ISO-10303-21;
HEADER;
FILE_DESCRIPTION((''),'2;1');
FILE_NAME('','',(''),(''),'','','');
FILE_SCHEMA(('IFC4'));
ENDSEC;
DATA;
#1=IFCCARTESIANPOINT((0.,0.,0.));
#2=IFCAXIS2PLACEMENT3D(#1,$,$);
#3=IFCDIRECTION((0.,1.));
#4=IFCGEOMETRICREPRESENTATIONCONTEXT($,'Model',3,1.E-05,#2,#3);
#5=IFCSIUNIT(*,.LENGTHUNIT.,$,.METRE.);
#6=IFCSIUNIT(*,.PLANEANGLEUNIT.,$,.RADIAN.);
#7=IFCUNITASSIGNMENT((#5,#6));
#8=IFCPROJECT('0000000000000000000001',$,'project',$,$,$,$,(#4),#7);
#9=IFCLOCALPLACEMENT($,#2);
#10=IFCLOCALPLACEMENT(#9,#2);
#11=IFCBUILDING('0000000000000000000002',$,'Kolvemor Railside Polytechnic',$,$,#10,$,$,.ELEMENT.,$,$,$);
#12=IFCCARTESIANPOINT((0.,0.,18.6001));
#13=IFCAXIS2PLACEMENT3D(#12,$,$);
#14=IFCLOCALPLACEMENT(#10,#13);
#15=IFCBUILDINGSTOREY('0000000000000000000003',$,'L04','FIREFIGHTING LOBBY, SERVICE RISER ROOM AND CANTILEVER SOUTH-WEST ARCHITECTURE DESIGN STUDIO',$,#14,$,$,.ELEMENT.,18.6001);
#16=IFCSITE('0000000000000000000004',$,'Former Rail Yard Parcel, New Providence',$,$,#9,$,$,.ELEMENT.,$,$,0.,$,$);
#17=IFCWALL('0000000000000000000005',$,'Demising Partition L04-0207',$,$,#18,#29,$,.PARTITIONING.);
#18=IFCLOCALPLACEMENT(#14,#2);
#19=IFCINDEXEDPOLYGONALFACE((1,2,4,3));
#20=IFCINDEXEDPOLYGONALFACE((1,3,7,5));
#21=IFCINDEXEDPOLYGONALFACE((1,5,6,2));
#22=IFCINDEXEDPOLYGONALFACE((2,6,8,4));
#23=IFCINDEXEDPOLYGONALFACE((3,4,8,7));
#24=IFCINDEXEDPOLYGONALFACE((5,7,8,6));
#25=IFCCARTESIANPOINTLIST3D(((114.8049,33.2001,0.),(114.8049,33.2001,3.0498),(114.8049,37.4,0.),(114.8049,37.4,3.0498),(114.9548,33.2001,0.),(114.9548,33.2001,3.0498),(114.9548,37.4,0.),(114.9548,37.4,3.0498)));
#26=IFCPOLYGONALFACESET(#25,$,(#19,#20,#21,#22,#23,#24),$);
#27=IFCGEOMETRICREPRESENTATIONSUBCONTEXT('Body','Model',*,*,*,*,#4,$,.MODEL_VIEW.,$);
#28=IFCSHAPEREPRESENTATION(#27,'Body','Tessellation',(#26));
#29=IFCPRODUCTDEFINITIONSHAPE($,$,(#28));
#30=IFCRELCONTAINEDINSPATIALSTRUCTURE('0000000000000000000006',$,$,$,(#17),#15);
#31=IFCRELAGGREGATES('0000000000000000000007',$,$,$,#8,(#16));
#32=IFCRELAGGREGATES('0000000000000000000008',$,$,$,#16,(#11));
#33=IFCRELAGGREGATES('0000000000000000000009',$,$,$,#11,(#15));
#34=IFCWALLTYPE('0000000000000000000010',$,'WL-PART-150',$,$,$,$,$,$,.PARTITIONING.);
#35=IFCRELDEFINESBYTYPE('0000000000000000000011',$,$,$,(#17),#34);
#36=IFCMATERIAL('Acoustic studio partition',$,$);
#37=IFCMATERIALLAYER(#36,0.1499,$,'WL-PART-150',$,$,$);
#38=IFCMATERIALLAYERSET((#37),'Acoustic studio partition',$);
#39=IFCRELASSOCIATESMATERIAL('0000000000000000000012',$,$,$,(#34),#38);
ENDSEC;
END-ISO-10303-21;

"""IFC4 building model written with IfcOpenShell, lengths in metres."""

from ifc_helpers import new_model, si_unit, direction, frame, frame_2d, origin, place, context, subcontext, project, spatial, rectangle, extrude, material, layer, layer_set, type_object, element, save


model = new_model("IFC4")

# Units and contexts
model_context = context("Model", 3, precision=1e-05, world=origin(), true_north=direction((0.0, 1.0)))
body_context = subcontext(model_context, "Body", "Model", "MODEL_VIEW")
ifc_project = project(units=[si_unit("LENGTHUNIT", "METRE"), si_unit("PLANEANGLEUNIT", "RADIAN")], contexts=[model_context])

# Site, building, storey
site_placement = place(None, origin())
site = spatial("IfcSite", under=ifc_project, at=site_placement, Name="Former Rail Yard Parcel, New Providence", CompositionType="ELEMENT", RefElevation=0.0)
building_placement = place(site_placement, origin())
building = spatial("IfcBuilding", under=site, at=building_placement, Name="Kolvemor Railside Polytechnic", CompositionType="ELEMENT")
storey_placement = place(building_placement, frame((0.0, 0.0, 18.6001)))
storey = spatial("IfcBuildingStorey", under=building, at=storey_placement, Name="L04", Description="FIREFIGHTING LOBBY, SERVICE RISER ROOM AND CANTILEVER SOUTH-WEST ARCHITECTURE DESIGN STUDIO", CompositionType="ELEMENT", Elevation=18.6001)

# Wall
ifc_material_1 = material(Name="Acoustic studio partition")
ifc_layer_1 = layer(ifc_material_1, 0.1499, Name="WL-PART-150")
ifc_layer_set_1 = layer_set([ifc_layer_1], Name="Acoustic studio partition")
wall_type_1 = type_object("IfcWallType", Name="WL-PART-150", PredefinedType="PARTITIONING", material=ifc_layer_set_1)
wall_1_placement = place(storey_placement, frame((114.8799, 33.2, 0.0), z_axis=(0.0, 0.0, 1.0), x_axis=(0.0, 1.0, 0.0)))
element("IfcWall", 1, at=wall_1_placement, inside=storey, type_object=wall_type_1, Name="Demising Partition L04-0207", PredefinedType="PARTITIONING", context=body_context, shape_type="SweptSolid", body=[
    extrude(rectangle(XDim=4.2, YDim=0.1499, at=frame_2d((2.1001, 0.0))), origin(), (0.0, 0.0, 1.0), 3.0498),
])

save(model, "model.ifc")
